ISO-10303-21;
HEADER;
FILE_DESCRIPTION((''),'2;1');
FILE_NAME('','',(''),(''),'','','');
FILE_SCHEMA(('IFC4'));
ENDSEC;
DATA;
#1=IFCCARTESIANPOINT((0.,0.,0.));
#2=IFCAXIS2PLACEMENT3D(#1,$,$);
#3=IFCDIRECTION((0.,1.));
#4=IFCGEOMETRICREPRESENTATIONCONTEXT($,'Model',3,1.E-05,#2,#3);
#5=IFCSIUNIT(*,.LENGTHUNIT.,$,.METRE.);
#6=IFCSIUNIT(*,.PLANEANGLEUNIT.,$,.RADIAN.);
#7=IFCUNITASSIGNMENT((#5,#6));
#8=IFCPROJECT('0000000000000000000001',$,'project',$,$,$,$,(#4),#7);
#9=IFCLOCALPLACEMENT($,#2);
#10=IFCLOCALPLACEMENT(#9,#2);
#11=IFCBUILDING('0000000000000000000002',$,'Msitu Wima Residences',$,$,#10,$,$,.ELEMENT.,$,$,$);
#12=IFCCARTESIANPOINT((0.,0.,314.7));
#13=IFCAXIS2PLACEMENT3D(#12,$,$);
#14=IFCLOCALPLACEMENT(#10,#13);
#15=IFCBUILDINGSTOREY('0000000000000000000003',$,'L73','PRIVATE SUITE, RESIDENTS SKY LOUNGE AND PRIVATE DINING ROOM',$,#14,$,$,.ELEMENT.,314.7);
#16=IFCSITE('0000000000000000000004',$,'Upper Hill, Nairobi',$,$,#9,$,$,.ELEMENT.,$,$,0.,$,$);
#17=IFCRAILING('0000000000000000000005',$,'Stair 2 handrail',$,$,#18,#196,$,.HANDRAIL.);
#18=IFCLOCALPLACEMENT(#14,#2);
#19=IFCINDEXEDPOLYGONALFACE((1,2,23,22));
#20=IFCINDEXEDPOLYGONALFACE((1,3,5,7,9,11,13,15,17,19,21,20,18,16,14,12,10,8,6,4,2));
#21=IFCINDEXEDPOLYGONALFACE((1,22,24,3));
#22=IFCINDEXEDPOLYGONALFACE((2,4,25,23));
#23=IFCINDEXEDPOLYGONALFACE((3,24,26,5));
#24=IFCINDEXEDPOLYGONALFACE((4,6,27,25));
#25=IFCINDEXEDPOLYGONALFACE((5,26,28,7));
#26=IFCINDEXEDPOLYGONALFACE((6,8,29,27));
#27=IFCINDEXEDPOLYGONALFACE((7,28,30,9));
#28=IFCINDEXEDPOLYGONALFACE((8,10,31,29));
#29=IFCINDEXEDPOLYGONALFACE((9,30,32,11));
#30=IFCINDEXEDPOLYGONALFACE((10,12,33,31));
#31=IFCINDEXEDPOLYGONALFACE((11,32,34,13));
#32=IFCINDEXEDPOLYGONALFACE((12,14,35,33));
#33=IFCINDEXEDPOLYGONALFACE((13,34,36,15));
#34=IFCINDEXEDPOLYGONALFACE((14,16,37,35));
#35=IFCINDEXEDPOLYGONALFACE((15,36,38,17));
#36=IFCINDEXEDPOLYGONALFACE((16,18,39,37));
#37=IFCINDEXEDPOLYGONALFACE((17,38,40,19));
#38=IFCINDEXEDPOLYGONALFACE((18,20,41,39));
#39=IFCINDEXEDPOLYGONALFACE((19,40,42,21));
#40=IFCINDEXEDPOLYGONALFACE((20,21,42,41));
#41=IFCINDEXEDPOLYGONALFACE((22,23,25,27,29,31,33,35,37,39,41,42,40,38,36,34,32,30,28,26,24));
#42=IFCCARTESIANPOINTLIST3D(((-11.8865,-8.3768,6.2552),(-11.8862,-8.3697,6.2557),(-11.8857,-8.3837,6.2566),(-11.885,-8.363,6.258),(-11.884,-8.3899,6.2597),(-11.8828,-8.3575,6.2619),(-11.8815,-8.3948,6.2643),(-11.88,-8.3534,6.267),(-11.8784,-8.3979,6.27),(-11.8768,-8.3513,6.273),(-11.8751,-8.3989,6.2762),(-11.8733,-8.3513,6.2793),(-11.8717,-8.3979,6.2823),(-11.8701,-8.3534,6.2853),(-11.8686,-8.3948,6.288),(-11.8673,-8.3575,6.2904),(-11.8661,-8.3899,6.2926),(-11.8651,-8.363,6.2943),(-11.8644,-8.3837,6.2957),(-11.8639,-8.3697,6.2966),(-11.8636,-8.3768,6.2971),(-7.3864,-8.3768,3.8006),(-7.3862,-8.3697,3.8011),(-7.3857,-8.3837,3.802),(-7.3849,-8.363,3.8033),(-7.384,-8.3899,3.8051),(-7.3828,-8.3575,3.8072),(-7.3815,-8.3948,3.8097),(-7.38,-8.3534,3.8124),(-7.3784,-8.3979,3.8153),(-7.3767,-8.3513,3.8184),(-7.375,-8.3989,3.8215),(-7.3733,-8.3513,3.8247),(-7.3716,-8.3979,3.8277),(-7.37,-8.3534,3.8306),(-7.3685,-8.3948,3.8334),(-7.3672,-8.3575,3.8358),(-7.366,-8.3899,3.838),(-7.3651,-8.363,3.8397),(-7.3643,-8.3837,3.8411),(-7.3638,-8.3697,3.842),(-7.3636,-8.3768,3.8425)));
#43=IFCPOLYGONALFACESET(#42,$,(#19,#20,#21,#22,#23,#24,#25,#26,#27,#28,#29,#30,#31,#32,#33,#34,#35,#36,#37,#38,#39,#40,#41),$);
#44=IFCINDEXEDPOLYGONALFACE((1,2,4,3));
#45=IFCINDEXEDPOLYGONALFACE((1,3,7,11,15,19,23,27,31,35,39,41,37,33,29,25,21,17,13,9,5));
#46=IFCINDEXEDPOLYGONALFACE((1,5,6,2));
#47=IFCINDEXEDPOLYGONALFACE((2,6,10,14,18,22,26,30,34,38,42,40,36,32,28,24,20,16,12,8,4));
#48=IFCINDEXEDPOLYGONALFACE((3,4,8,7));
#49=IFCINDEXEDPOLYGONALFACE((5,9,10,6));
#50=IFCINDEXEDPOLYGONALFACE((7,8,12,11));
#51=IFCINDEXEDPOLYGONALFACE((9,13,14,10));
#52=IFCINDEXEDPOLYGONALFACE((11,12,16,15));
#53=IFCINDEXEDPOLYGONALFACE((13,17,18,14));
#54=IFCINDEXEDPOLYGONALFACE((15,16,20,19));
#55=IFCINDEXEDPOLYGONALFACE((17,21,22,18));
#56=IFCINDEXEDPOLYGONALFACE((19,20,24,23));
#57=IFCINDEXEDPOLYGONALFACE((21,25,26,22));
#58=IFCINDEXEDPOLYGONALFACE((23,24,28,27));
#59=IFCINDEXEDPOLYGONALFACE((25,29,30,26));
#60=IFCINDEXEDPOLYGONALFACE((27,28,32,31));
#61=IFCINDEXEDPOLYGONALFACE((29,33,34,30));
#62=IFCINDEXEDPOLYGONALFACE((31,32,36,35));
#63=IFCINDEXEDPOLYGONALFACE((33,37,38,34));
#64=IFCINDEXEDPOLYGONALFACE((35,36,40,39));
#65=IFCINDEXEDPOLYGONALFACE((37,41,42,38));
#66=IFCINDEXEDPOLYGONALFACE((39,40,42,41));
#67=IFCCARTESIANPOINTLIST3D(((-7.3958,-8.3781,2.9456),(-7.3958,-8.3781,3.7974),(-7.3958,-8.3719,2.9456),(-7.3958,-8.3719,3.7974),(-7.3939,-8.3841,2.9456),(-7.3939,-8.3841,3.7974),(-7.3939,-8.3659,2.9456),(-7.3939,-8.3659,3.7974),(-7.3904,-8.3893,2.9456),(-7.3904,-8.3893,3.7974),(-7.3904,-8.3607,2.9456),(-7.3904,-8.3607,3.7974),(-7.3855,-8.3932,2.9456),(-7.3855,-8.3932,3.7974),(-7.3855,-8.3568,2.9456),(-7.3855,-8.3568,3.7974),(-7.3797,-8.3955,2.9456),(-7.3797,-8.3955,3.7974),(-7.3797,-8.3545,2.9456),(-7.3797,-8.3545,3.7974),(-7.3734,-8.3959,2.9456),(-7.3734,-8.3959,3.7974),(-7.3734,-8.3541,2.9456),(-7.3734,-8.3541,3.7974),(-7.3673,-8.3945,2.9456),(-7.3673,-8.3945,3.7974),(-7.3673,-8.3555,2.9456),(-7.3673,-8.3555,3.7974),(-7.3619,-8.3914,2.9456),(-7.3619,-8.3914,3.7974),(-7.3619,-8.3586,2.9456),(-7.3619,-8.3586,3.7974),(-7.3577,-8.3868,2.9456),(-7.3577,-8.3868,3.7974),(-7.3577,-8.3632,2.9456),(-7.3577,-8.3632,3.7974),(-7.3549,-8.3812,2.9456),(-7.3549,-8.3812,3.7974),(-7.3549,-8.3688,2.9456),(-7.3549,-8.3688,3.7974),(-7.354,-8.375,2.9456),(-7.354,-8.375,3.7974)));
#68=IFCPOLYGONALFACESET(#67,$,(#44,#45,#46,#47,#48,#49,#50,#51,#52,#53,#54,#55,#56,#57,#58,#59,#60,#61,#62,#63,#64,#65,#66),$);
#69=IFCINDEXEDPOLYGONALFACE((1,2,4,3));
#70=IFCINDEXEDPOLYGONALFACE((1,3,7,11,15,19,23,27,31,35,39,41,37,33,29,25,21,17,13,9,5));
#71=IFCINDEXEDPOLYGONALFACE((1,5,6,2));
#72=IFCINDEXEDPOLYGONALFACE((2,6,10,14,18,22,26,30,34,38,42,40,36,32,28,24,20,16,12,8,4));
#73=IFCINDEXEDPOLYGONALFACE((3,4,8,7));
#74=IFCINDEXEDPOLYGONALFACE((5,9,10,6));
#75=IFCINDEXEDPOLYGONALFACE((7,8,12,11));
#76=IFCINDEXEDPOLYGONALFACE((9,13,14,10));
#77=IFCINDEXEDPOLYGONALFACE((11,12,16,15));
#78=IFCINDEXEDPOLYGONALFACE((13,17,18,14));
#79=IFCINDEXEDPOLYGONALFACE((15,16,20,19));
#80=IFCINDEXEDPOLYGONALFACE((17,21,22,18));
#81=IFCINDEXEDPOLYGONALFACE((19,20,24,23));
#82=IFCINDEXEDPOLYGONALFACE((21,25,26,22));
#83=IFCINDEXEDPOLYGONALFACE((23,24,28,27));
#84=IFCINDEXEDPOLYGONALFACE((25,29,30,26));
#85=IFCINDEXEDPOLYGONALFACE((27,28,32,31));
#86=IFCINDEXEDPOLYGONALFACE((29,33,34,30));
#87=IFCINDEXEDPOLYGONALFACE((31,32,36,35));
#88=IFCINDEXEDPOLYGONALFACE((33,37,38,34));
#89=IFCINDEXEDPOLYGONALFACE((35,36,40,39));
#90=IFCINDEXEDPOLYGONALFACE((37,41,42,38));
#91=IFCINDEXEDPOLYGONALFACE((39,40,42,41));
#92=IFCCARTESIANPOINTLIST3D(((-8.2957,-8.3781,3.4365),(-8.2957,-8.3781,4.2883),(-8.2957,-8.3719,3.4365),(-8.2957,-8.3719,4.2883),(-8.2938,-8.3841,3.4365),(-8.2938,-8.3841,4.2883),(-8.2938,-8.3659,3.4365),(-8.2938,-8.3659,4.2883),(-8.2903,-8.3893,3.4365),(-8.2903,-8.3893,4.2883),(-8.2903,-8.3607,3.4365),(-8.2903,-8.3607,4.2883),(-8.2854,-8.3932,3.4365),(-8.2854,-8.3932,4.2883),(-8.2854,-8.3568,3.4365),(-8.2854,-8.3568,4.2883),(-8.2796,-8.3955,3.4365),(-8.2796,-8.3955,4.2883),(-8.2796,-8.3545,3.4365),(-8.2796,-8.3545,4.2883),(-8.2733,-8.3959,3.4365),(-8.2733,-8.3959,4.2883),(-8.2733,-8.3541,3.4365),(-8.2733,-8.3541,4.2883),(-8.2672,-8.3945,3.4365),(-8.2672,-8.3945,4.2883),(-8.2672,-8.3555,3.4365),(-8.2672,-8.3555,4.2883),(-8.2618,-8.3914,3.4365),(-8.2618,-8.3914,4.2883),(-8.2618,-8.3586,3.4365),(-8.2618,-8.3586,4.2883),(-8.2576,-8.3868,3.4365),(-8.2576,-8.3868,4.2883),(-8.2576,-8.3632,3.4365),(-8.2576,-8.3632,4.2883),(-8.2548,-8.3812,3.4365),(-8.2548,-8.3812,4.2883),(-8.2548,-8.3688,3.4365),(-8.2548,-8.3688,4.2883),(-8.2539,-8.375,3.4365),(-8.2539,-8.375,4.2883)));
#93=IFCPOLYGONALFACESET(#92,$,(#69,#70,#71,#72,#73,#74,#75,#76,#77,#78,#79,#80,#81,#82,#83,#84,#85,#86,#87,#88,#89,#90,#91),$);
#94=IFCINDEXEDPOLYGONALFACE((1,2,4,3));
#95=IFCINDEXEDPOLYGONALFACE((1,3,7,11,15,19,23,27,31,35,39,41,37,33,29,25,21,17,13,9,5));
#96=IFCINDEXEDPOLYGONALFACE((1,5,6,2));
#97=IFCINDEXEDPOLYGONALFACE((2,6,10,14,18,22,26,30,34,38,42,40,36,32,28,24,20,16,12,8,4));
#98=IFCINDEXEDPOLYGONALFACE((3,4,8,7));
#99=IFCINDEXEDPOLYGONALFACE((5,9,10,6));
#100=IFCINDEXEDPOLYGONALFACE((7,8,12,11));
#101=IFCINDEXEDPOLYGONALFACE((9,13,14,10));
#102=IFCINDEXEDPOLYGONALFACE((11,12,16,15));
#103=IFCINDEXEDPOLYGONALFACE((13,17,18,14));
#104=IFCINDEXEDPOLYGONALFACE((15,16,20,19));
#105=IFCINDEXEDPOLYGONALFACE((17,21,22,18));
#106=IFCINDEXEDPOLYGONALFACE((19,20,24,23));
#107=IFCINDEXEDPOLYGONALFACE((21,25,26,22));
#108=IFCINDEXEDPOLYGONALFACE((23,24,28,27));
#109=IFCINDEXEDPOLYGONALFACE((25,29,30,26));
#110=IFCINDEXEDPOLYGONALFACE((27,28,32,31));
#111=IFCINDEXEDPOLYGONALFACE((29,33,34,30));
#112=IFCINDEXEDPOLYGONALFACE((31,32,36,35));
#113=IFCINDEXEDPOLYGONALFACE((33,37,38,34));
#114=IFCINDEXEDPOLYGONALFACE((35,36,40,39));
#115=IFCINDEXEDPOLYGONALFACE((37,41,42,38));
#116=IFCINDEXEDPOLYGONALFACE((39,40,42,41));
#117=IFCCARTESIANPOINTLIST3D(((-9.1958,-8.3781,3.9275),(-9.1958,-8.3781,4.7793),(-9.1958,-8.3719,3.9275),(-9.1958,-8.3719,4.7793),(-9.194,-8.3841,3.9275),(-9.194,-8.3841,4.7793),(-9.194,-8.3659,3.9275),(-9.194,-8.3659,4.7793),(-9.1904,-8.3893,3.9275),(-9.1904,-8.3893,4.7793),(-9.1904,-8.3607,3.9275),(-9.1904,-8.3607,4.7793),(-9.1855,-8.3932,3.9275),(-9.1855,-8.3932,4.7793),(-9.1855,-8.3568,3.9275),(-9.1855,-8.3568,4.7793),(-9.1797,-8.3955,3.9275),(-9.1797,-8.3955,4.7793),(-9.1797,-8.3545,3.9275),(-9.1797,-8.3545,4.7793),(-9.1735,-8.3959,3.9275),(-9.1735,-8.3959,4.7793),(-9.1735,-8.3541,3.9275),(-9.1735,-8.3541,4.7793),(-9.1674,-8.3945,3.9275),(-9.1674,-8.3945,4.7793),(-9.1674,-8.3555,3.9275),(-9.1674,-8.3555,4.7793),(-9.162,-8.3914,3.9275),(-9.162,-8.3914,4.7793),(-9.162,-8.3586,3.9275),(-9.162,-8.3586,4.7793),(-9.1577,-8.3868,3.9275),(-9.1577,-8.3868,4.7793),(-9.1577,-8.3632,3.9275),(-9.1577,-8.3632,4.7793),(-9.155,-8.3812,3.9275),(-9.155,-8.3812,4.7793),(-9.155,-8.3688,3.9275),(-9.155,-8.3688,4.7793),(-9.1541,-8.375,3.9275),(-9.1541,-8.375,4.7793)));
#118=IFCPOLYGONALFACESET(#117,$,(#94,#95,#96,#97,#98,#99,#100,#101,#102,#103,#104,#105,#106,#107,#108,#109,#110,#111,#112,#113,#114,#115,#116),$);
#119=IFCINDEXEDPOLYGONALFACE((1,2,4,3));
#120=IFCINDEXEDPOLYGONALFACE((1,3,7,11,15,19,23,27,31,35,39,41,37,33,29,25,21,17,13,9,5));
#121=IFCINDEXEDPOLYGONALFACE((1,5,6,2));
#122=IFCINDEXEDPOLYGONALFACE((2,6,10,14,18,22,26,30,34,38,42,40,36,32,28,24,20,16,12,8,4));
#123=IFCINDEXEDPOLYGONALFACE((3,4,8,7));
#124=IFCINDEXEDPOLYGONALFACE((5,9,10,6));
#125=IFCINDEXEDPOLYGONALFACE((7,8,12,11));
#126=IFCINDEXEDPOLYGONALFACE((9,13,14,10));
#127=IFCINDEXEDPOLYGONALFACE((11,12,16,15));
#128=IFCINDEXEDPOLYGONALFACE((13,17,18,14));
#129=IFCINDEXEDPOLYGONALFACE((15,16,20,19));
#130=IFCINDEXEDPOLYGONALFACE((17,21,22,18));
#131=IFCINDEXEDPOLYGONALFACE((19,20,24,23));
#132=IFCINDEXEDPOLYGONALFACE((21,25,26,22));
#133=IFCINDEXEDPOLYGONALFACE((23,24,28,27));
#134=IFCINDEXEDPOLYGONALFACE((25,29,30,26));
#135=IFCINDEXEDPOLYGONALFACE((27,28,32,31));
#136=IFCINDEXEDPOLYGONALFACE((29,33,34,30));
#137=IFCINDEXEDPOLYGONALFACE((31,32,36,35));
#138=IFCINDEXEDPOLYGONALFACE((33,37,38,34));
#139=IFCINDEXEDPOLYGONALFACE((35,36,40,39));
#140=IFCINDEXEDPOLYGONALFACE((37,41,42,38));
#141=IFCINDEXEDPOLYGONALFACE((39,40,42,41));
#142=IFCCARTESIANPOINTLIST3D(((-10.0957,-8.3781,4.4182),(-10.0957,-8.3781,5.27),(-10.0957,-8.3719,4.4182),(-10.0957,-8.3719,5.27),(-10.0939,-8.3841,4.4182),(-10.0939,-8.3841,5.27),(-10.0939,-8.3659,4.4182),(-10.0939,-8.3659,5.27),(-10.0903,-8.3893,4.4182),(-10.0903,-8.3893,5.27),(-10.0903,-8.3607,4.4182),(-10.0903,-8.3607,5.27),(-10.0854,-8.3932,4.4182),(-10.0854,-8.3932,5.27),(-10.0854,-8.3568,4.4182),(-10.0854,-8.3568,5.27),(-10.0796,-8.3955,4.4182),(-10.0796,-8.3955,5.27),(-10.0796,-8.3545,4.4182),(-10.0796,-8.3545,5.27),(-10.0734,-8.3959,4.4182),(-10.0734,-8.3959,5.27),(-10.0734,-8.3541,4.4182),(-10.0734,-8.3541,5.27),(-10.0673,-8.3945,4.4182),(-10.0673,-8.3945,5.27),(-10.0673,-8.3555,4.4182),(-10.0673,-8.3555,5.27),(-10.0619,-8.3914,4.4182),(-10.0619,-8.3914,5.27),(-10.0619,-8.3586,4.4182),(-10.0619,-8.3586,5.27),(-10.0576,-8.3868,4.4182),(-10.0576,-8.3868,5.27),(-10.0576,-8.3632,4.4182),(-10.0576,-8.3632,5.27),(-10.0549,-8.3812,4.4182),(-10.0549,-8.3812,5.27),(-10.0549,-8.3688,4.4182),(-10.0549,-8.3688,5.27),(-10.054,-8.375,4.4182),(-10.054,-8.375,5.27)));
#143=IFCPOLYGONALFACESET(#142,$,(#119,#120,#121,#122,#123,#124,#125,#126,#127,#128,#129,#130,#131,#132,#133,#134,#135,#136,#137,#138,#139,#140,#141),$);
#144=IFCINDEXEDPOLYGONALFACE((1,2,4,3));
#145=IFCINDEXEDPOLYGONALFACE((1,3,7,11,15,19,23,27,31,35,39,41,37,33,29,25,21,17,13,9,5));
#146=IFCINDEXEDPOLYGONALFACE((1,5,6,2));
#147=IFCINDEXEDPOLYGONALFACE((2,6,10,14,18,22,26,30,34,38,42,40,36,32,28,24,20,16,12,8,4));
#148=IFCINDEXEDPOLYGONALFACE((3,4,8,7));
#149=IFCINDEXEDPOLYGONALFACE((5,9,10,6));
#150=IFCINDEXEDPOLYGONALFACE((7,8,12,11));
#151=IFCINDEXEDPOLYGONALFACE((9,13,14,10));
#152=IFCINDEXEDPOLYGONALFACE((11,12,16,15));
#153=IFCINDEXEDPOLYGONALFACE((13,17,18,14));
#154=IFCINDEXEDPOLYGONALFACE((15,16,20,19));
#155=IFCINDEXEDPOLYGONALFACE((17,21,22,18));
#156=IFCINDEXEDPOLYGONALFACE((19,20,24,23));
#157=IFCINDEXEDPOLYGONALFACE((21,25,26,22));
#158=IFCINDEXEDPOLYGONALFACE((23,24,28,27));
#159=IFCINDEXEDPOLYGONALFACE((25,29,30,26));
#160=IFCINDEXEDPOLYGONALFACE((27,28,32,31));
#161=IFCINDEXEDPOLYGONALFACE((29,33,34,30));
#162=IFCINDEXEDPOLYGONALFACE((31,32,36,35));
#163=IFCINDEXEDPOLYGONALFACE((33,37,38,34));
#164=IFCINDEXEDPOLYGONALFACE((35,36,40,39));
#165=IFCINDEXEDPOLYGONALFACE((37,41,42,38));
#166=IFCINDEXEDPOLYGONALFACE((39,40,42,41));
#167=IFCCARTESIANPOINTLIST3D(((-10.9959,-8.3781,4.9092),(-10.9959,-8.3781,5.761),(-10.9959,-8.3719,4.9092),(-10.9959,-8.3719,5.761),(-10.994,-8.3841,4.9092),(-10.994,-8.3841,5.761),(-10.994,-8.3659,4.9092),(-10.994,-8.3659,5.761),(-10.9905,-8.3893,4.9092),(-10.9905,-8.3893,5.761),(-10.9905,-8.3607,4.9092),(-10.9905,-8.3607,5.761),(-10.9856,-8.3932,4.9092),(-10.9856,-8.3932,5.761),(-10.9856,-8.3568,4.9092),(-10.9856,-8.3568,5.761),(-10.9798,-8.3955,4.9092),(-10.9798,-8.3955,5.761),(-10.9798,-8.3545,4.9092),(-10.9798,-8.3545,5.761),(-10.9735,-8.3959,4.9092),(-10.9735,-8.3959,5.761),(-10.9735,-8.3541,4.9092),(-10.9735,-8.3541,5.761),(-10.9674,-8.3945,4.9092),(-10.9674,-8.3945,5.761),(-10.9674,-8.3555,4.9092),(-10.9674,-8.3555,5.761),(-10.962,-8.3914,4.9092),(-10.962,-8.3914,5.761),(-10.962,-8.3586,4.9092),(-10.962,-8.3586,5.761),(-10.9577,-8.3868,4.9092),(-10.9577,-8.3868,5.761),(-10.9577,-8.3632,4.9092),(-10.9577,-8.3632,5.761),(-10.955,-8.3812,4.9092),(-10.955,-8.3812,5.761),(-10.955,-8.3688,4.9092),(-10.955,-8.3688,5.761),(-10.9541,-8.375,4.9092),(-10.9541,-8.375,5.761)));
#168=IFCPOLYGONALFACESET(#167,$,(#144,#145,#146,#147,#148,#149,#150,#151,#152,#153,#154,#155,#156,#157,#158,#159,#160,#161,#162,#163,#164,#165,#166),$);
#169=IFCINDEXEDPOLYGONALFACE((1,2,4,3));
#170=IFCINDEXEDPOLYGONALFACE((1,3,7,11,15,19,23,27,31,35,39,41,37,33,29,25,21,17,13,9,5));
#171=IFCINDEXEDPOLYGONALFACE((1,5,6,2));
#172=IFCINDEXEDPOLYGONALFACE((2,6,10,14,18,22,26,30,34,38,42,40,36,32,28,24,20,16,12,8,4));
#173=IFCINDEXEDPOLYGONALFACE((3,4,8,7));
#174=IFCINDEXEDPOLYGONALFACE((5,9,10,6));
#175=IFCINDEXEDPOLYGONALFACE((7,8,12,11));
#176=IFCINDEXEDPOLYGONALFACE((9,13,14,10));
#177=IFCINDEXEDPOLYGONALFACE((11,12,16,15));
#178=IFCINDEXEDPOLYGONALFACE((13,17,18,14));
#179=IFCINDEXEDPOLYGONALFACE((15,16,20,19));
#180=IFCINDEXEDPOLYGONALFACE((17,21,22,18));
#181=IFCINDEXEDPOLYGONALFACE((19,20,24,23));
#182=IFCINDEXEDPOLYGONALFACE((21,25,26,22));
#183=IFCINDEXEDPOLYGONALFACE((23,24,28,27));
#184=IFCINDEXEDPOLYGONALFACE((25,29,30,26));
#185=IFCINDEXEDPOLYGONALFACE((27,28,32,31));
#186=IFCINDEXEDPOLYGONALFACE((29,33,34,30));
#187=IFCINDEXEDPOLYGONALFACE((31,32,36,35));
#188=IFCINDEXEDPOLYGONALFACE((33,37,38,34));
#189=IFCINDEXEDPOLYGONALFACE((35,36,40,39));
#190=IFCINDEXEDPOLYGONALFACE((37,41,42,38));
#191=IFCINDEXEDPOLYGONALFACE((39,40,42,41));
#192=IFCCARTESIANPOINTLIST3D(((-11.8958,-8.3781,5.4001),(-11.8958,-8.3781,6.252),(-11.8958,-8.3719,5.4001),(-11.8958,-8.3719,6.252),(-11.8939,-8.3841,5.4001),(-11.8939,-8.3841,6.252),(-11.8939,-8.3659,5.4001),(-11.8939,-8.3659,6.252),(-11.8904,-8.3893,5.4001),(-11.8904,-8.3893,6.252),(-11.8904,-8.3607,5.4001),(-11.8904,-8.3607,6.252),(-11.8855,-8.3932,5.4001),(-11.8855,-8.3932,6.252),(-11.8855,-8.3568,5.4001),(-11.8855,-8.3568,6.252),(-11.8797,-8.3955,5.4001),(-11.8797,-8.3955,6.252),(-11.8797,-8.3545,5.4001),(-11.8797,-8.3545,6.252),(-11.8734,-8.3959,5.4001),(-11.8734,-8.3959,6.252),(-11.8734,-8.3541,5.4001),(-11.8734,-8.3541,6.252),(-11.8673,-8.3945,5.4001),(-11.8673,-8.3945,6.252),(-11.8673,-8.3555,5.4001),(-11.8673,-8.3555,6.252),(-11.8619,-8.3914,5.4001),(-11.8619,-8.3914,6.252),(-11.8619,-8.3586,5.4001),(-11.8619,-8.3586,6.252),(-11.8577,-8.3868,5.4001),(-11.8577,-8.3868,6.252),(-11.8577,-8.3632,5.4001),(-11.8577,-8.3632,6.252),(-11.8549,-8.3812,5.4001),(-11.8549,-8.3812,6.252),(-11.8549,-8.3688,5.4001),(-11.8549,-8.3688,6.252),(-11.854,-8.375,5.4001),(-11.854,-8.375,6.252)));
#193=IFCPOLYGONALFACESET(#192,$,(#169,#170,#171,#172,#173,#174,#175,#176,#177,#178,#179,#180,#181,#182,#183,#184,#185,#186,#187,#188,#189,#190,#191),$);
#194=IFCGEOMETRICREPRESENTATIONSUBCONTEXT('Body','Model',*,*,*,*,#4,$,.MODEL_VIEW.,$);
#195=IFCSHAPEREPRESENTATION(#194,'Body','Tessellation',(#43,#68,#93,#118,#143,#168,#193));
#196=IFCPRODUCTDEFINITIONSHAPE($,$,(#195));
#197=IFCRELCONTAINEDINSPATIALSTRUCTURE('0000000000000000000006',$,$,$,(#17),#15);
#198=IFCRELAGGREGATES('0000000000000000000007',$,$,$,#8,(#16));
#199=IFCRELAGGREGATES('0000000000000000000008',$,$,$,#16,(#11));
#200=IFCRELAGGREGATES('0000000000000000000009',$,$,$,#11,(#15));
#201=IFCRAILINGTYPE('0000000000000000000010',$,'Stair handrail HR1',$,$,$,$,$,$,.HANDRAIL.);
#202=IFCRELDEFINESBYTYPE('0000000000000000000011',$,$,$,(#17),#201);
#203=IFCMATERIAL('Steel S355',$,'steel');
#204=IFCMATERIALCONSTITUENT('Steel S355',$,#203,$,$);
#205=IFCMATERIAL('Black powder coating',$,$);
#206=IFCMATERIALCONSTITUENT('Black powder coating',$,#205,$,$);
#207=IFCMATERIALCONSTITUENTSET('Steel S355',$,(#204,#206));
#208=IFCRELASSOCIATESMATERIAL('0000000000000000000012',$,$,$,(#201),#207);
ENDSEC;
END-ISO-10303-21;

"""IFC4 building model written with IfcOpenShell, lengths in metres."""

from ifc_helpers import new_model, si_unit, direction, frame, origin, origin_2d, place, context, subcontext, project, spatial, circle, extrude, material, constituent, constituent_set, type_object, element, save


model = new_model("IFC4")

# Units and contexts
model_context = context("Model", 3, precision=1e-05, world=origin(), true_north=direction((0.0, 1.0)))
body_context = subcontext(model_context, "Body", "Model", "MODEL_VIEW")
ifc_project = project(units=[si_unit("LENGTHUNIT", "METRE"), si_unit("PLANEANGLEUNIT", "RADIAN")], contexts=[model_context])

# Site, building, storey
site_placement = place(None, origin())
site = spatial("IfcSite", under=ifc_project, at=site_placement, Name="Upper Hill, Nairobi", CompositionType="ELEMENT", RefElevation=0.0)
building_placement = place(site_placement, origin())
building = spatial("IfcBuilding", under=site, at=building_placement, Name="Msitu Wima Residences", CompositionType="ELEMENT")
storey_placement = place(building_placement, frame((0.0, 0.0, 314.7)))
storey = spatial("IfcBuildingStorey", under=building, at=storey_placement, Name="L73", Description="PRIVATE SUITE, RESIDENTS SKY LOUNGE AND PRIVATE DINING ROOM", CompositionType="ELEMENT", Elevation=314.7)

# Railing
ifc_material_1 = material(Name="Steel S355", Category="steel")
ifc_constituent_1 = constituent(ifc_material_1, Name="Steel S355")
ifc_material_2 = material(Name="Black powder coating")
ifc_constituent_2 = constituent(ifc_material_2, Name="Black powder coating")
ifc_constituent_set = constituent_set(constituents=[ifc_constituent_1, ifc_constituent_2], Name="Steel S355")
railing_type = type_object("IfcRailingType", Name="Stair handrail HR1", PredefinedType="HANDRAIL", material=ifc_constituent_set)
for number, where, name in (
    (1, (-7.375, -8.375, 2.9456), "Stair 2 handrail"),
):
    element("IfcRailing", number, at=place(storey_placement, frame(where)), inside=storey, type_object=railing_type, Name=name, PredefinedType="HANDRAIL", context=body_context, shape_type="SweptSolid", body=[
        extrude(circle(Radius=0.0239, at=origin_2d()), frame((0.0, 0.0, 0.876), z_axis=(-0.877892, 0.0, 0.478859), x_axis=(0.0, -1.0, 0.0)), (0.0, 0.0, 1.0), 5.126),
        extrude(circle(Radius=0.021, at=origin_2d()), origin(), (0.0, 0.0, 1.0), 0.8518),
        extrude(circle(Radius=0.021, at=origin_2d()), frame((-0.8999, 0.0, 0.491)), (0.0, 0.0, 1.0), 0.8518),
        extrude(circle(Radius=0.021, at=origin_2d()), frame((-1.8, 0.0, 0.9819)), (0.0, 0.0, 1.0), 0.8518),
        extrude(circle(Radius=0.021, at=origin_2d()), frame((-2.7, 0.0, 1.4727)), (0.0, 0.0, 1.0), 0.8518),
        extrude(circle(Radius=0.021, at=origin_2d()), frame((-3.6001, 0.0, 1.9636)), (0.0, 0.0, 1.0), 0.8518),
        extrude(circle(Radius=0.021, at=origin_2d()), frame((-4.5, 0.0, 2.4546)), (0.0, 0.0, 1.0), 0.8518),
    ])

save(model, "model.ifc")
